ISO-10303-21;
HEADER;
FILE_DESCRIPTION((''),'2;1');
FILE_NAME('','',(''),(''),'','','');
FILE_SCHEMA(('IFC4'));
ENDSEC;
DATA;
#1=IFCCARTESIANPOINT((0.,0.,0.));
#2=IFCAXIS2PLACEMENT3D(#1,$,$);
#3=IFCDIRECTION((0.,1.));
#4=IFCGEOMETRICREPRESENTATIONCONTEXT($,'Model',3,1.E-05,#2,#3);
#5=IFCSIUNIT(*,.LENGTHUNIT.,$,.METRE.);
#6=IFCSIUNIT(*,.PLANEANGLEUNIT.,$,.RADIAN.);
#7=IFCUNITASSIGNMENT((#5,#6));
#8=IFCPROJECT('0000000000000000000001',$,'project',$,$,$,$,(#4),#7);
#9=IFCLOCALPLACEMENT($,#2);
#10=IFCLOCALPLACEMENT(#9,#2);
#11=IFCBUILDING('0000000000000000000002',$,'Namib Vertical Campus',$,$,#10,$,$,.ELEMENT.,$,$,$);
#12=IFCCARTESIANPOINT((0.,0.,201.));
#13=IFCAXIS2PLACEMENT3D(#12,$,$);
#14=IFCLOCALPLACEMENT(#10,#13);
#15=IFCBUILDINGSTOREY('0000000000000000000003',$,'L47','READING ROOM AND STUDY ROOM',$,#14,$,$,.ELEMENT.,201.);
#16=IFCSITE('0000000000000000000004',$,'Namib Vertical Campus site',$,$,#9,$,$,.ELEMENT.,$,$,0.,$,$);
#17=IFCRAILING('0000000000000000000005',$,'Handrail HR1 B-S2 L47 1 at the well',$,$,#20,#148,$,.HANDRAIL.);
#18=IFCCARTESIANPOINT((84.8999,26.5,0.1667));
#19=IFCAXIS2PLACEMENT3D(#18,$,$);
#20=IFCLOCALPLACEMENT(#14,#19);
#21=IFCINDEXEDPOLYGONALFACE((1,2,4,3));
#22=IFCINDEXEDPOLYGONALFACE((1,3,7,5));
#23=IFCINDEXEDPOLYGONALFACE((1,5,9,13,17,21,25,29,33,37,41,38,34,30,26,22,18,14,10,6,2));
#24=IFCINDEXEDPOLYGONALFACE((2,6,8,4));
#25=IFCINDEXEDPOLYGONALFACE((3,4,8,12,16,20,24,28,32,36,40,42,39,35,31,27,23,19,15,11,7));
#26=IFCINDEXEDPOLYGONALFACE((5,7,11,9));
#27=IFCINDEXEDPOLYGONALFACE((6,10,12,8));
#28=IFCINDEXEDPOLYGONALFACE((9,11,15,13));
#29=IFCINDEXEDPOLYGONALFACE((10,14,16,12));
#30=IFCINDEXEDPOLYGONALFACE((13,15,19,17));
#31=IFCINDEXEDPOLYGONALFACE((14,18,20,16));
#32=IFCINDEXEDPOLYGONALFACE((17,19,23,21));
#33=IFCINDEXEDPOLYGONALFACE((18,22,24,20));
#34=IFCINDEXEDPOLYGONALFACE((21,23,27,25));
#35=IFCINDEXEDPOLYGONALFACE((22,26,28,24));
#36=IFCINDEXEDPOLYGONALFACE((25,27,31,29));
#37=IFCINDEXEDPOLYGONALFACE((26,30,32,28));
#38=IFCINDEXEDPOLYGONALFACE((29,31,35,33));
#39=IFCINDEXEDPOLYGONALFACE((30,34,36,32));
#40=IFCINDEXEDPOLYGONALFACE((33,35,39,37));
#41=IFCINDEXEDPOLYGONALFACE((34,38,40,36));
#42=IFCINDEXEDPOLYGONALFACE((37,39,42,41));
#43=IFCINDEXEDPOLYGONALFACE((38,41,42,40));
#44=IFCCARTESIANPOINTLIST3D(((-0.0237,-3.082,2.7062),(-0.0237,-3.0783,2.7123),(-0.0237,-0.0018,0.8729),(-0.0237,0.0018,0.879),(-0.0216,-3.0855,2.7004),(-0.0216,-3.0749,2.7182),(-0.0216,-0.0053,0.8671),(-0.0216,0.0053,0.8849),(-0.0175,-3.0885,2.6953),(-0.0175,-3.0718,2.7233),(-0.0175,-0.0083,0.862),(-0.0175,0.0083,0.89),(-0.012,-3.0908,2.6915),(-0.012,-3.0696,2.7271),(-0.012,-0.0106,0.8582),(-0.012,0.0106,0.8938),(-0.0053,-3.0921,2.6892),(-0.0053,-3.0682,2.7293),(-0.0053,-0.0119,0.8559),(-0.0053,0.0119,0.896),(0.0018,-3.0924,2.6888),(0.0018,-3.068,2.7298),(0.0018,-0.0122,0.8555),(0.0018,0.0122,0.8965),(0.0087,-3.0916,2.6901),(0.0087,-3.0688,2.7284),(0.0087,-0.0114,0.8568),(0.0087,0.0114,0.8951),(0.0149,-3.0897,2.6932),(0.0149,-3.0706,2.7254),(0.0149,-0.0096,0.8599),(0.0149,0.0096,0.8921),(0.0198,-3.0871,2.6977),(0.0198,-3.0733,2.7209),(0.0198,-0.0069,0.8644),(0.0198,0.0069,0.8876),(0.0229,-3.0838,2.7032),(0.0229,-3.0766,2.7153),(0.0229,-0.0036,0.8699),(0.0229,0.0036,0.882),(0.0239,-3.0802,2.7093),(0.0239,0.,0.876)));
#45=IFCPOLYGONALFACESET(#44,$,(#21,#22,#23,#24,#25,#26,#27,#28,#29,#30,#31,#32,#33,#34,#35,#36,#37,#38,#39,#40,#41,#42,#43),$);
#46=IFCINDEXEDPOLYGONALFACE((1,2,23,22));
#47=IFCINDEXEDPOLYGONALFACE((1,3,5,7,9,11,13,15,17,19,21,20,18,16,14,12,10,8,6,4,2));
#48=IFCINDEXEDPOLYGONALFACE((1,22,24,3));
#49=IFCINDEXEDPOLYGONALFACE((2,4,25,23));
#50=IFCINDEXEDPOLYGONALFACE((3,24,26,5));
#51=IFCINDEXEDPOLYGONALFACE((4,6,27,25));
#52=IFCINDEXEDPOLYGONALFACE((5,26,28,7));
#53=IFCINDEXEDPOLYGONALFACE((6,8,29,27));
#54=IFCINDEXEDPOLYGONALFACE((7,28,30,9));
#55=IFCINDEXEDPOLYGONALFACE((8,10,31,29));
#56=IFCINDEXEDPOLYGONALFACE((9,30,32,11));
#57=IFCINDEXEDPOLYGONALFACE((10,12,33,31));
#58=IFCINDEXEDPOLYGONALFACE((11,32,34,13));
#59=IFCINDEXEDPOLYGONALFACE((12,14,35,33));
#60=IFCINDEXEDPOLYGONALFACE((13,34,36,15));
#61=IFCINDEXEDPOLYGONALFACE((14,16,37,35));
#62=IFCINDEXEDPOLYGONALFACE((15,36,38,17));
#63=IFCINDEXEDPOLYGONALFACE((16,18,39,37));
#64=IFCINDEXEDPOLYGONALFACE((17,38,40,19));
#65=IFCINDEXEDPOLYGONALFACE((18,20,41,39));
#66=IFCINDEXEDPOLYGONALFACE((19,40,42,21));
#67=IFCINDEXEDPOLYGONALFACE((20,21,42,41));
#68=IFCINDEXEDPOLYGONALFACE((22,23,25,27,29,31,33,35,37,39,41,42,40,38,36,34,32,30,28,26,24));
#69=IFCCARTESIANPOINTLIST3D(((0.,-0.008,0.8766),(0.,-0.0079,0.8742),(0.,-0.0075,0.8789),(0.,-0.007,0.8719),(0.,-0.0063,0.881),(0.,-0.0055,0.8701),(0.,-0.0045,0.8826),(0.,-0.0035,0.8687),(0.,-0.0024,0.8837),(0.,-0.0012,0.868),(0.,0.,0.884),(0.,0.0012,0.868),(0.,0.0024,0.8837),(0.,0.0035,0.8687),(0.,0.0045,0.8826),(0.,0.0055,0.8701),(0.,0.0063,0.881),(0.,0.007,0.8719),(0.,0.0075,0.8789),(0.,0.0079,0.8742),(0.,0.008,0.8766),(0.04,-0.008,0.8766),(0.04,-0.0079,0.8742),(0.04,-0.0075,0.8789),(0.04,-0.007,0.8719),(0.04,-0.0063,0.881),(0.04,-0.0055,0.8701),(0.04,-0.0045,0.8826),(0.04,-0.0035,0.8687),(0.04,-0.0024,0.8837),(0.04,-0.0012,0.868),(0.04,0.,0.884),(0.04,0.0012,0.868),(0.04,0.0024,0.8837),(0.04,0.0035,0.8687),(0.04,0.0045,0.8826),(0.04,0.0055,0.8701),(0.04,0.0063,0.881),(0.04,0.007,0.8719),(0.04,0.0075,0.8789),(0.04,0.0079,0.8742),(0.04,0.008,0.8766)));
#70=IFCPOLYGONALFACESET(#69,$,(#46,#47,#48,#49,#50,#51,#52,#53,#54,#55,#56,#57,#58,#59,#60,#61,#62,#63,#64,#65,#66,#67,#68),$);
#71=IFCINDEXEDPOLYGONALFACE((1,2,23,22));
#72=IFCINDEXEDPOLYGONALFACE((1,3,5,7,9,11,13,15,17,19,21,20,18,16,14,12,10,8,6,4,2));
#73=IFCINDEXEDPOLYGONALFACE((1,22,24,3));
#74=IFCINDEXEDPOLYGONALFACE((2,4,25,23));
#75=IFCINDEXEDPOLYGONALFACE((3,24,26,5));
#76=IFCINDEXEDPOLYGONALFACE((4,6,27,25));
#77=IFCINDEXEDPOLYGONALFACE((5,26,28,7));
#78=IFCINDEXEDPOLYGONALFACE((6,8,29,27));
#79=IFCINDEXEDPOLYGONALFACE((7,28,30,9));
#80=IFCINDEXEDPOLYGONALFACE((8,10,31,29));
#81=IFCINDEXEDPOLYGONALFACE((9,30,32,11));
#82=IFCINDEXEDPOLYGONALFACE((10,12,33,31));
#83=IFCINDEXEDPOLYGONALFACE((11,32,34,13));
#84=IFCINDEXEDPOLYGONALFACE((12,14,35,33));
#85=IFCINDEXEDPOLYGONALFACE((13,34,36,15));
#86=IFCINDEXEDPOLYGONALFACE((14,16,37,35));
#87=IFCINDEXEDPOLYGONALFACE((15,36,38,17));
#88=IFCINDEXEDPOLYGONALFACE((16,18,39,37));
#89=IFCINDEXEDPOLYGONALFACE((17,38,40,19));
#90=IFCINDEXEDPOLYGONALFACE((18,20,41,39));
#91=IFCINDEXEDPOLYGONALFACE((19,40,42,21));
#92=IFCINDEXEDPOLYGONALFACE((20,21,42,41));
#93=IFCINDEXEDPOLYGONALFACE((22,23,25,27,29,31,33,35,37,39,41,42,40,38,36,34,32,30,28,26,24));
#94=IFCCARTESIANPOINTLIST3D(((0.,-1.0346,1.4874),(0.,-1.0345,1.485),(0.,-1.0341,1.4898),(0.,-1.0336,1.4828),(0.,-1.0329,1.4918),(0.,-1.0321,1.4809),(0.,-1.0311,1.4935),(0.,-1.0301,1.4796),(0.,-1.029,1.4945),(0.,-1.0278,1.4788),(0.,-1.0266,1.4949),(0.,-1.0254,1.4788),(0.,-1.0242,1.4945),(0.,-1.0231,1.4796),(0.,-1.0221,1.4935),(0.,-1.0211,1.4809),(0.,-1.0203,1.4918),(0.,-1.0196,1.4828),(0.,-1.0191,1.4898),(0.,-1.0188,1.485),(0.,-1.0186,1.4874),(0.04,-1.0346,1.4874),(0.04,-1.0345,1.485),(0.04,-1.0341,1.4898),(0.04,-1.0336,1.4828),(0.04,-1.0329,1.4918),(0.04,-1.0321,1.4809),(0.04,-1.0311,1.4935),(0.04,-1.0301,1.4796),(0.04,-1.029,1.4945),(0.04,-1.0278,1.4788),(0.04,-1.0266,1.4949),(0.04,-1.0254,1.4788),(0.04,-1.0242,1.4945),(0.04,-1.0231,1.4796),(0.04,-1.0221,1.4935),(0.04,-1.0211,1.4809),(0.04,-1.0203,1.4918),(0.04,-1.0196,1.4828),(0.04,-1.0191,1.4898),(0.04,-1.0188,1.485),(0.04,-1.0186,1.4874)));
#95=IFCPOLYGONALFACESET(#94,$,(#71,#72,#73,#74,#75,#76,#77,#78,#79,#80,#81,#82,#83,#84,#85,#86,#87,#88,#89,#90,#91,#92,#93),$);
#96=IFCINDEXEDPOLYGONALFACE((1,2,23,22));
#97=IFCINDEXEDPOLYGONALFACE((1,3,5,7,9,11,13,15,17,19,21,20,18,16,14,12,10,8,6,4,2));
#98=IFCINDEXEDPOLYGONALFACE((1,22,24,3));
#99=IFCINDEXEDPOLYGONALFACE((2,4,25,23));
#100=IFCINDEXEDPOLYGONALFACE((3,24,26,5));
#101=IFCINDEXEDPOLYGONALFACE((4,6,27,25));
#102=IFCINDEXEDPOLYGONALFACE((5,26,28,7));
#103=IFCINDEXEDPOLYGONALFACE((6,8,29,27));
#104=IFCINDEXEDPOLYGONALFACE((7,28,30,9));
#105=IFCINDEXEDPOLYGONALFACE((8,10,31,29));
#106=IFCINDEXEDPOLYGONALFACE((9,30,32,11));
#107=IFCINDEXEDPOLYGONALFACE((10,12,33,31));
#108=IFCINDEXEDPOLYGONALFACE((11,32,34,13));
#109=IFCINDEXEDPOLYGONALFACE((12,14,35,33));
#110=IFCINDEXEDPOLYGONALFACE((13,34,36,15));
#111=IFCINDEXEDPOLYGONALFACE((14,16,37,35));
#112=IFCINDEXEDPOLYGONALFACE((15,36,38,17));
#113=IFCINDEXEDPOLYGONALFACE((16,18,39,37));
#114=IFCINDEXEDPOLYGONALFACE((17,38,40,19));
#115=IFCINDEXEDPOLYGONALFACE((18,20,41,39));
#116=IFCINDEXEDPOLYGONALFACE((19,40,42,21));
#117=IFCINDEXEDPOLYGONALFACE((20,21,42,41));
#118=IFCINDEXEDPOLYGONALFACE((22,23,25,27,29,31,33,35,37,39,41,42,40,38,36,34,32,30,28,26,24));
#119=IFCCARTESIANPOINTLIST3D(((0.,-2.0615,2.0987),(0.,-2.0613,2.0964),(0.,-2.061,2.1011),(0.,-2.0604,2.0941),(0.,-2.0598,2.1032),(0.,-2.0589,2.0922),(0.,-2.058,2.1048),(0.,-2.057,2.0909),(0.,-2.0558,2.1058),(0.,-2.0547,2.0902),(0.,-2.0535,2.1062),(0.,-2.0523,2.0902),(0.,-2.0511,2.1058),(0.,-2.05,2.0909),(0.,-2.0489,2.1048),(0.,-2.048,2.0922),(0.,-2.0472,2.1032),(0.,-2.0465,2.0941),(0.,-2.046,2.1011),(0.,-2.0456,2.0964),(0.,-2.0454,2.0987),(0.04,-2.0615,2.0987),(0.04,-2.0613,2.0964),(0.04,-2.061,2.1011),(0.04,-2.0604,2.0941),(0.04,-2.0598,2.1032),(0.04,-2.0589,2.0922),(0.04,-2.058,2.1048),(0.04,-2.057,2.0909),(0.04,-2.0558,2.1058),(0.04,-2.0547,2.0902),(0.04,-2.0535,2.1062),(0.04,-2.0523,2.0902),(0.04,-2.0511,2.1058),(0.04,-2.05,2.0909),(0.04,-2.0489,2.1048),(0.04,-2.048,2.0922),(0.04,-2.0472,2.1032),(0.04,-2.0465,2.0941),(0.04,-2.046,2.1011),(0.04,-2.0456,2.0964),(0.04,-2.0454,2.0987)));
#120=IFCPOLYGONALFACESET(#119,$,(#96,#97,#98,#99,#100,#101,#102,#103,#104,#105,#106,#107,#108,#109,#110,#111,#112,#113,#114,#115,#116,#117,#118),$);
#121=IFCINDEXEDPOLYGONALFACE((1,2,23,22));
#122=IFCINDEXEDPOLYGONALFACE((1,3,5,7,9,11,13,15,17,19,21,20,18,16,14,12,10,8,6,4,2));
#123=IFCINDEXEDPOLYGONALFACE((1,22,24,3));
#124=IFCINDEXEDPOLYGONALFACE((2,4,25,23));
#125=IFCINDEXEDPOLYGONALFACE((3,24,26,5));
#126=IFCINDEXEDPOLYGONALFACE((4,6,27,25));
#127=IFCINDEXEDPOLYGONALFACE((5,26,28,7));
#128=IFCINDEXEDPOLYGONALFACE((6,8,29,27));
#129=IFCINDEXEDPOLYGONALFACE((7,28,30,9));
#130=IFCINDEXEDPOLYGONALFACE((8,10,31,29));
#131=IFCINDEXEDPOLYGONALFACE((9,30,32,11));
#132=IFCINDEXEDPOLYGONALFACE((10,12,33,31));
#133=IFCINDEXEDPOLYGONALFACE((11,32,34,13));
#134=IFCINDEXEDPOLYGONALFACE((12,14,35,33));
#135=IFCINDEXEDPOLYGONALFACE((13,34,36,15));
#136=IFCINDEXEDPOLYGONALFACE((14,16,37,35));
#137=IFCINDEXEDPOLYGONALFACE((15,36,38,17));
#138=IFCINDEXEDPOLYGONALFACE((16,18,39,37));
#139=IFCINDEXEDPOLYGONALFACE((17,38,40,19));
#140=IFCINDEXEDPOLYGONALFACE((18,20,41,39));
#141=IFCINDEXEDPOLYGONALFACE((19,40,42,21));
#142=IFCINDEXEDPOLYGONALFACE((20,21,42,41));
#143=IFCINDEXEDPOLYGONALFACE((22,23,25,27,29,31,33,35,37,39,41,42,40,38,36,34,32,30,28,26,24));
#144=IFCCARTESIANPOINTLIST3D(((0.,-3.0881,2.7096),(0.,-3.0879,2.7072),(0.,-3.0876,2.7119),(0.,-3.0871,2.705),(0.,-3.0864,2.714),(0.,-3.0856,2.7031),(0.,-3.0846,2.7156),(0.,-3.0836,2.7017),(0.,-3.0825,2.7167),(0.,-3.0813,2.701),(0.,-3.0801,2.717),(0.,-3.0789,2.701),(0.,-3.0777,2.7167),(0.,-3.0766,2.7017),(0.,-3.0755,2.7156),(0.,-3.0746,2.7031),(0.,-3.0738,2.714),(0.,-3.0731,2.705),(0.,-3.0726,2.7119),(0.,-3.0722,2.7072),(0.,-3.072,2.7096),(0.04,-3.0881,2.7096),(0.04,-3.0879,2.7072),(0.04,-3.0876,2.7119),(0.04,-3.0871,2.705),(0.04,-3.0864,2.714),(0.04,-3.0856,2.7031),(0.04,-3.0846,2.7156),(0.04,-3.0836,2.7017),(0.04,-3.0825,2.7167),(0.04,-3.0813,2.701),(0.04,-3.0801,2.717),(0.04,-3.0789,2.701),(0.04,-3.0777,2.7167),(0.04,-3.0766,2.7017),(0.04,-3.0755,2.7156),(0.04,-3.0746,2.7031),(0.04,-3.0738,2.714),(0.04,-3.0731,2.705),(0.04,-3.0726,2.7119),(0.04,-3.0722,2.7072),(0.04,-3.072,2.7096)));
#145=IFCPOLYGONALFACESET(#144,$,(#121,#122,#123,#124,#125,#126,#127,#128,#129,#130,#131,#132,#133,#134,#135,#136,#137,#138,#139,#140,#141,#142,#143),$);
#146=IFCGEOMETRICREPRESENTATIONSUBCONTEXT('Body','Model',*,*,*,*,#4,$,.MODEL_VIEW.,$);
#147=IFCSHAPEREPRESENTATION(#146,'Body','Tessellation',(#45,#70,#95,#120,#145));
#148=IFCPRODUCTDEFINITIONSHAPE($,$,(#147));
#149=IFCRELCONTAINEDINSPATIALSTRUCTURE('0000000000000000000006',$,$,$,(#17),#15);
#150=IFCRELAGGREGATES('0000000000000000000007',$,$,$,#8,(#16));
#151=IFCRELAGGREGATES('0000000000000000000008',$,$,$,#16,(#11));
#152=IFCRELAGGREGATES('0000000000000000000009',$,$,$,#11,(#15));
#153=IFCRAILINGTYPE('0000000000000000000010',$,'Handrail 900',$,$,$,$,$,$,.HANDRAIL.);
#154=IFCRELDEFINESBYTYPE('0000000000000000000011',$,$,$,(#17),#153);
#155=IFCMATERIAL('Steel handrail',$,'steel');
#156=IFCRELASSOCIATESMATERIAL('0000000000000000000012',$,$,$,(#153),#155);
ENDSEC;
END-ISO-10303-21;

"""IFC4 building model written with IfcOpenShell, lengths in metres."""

from ifc_helpers import new_model, si_unit, direction, frame, origin, origin_2d, place, context, subcontext, project, spatial, circle, extrude, material, type_object, element, save


model = new_model("IFC4")

# Units and contexts
model_context = context("Model", 3, precision=1e-05, world=origin(), true_north=direction((0.0, 1.0)))
body_context = subcontext(model_context, "Body", "Model", "MODEL_VIEW")
ifc_project = project(units=[si_unit("LENGTHUNIT", "METRE"), si_unit("PLANEANGLEUNIT", "RADIAN")], contexts=[model_context])

# Site, building, storey
site_placement = place(None, origin())
site = spatial("IfcSite", under=ifc_project, at=site_placement, Name="Namib Vertical Campus site", CompositionType="ELEMENT", RefElevation=0.0)
building_placement = place(site_placement, origin())
building = spatial("IfcBuilding", under=site, at=building_placement, Name="Namib Vertical Campus", CompositionType="ELEMENT")
storey_placement = place(building_placement, frame((0.0, 0.0, 201.0)))
storey = spatial("IfcBuildingStorey", under=building, at=storey_placement, Name="L47", Description="READING ROOM AND STUDY ROOM", CompositionType="ELEMENT", Elevation=201.0)

# Railing
ifc_material_1 = material(Name="Steel handrail", Category="steel")
railing_type_1 = type_object("IfcRailingType", Name="Handrail 900", PredefinedType="HANDRAIL", material=ifc_material_1)
railing_1_placement = place(storey_placement, frame((84.8999, 26.5, 0.1667)))
element("IfcRailing", 1, at=railing_1_placement, inside=storey, type_object=railing_type_1, Name="Handrail HR1 B-S2 L47 1 at the well", PredefinedType="HANDRAIL", context=body_context, shape_type="SweptSolid", body=[
    extrude(circle(Radius=0.0239, at=origin_2d()), frame((0.0, 0.0, 0.876), z_axis=(0.0, -0.859309, 0.511458), x_axis=(1.0, 0.0, 0.0)), (0.0, 0.0, 1.0), 3.5845),
    extrude(circle(Radius=0.0081, at=origin_2d()), frame((0.0, 0.0, 0.876), z_axis=(1.0, 0.0, 0.0), x_axis=(0.0, 0.0, 1.0)), (0.0, 0.0, 1.0), 0.04),
    extrude(circle(Radius=0.0081, at=origin_2d()), frame((0.0, -1.0266, 1.4868), z_axis=(1.0, 0.0, 0.0), x_axis=(0.0, 0.0, 1.0)), (0.0, 0.0, 1.0), 0.04),
    extrude(circle(Radius=0.0081, at=origin_2d()), frame((0.0, -2.0535, 2.0981), z_axis=(1.0, 0.0, 0.0), x_axis=(0.0, 0.0, 1.0)), (0.0, 0.0, 1.0), 0.04),
    extrude(circle(Radius=0.0081, at=origin_2d()), frame((0.0, -3.0801, 2.709), z_axis=(1.0, 0.0, 0.0), x_axis=(0.0, 0.0, 1.0)), (0.0, 0.0, 1.0), 0.04),
])

save(model, "model.ifc")
